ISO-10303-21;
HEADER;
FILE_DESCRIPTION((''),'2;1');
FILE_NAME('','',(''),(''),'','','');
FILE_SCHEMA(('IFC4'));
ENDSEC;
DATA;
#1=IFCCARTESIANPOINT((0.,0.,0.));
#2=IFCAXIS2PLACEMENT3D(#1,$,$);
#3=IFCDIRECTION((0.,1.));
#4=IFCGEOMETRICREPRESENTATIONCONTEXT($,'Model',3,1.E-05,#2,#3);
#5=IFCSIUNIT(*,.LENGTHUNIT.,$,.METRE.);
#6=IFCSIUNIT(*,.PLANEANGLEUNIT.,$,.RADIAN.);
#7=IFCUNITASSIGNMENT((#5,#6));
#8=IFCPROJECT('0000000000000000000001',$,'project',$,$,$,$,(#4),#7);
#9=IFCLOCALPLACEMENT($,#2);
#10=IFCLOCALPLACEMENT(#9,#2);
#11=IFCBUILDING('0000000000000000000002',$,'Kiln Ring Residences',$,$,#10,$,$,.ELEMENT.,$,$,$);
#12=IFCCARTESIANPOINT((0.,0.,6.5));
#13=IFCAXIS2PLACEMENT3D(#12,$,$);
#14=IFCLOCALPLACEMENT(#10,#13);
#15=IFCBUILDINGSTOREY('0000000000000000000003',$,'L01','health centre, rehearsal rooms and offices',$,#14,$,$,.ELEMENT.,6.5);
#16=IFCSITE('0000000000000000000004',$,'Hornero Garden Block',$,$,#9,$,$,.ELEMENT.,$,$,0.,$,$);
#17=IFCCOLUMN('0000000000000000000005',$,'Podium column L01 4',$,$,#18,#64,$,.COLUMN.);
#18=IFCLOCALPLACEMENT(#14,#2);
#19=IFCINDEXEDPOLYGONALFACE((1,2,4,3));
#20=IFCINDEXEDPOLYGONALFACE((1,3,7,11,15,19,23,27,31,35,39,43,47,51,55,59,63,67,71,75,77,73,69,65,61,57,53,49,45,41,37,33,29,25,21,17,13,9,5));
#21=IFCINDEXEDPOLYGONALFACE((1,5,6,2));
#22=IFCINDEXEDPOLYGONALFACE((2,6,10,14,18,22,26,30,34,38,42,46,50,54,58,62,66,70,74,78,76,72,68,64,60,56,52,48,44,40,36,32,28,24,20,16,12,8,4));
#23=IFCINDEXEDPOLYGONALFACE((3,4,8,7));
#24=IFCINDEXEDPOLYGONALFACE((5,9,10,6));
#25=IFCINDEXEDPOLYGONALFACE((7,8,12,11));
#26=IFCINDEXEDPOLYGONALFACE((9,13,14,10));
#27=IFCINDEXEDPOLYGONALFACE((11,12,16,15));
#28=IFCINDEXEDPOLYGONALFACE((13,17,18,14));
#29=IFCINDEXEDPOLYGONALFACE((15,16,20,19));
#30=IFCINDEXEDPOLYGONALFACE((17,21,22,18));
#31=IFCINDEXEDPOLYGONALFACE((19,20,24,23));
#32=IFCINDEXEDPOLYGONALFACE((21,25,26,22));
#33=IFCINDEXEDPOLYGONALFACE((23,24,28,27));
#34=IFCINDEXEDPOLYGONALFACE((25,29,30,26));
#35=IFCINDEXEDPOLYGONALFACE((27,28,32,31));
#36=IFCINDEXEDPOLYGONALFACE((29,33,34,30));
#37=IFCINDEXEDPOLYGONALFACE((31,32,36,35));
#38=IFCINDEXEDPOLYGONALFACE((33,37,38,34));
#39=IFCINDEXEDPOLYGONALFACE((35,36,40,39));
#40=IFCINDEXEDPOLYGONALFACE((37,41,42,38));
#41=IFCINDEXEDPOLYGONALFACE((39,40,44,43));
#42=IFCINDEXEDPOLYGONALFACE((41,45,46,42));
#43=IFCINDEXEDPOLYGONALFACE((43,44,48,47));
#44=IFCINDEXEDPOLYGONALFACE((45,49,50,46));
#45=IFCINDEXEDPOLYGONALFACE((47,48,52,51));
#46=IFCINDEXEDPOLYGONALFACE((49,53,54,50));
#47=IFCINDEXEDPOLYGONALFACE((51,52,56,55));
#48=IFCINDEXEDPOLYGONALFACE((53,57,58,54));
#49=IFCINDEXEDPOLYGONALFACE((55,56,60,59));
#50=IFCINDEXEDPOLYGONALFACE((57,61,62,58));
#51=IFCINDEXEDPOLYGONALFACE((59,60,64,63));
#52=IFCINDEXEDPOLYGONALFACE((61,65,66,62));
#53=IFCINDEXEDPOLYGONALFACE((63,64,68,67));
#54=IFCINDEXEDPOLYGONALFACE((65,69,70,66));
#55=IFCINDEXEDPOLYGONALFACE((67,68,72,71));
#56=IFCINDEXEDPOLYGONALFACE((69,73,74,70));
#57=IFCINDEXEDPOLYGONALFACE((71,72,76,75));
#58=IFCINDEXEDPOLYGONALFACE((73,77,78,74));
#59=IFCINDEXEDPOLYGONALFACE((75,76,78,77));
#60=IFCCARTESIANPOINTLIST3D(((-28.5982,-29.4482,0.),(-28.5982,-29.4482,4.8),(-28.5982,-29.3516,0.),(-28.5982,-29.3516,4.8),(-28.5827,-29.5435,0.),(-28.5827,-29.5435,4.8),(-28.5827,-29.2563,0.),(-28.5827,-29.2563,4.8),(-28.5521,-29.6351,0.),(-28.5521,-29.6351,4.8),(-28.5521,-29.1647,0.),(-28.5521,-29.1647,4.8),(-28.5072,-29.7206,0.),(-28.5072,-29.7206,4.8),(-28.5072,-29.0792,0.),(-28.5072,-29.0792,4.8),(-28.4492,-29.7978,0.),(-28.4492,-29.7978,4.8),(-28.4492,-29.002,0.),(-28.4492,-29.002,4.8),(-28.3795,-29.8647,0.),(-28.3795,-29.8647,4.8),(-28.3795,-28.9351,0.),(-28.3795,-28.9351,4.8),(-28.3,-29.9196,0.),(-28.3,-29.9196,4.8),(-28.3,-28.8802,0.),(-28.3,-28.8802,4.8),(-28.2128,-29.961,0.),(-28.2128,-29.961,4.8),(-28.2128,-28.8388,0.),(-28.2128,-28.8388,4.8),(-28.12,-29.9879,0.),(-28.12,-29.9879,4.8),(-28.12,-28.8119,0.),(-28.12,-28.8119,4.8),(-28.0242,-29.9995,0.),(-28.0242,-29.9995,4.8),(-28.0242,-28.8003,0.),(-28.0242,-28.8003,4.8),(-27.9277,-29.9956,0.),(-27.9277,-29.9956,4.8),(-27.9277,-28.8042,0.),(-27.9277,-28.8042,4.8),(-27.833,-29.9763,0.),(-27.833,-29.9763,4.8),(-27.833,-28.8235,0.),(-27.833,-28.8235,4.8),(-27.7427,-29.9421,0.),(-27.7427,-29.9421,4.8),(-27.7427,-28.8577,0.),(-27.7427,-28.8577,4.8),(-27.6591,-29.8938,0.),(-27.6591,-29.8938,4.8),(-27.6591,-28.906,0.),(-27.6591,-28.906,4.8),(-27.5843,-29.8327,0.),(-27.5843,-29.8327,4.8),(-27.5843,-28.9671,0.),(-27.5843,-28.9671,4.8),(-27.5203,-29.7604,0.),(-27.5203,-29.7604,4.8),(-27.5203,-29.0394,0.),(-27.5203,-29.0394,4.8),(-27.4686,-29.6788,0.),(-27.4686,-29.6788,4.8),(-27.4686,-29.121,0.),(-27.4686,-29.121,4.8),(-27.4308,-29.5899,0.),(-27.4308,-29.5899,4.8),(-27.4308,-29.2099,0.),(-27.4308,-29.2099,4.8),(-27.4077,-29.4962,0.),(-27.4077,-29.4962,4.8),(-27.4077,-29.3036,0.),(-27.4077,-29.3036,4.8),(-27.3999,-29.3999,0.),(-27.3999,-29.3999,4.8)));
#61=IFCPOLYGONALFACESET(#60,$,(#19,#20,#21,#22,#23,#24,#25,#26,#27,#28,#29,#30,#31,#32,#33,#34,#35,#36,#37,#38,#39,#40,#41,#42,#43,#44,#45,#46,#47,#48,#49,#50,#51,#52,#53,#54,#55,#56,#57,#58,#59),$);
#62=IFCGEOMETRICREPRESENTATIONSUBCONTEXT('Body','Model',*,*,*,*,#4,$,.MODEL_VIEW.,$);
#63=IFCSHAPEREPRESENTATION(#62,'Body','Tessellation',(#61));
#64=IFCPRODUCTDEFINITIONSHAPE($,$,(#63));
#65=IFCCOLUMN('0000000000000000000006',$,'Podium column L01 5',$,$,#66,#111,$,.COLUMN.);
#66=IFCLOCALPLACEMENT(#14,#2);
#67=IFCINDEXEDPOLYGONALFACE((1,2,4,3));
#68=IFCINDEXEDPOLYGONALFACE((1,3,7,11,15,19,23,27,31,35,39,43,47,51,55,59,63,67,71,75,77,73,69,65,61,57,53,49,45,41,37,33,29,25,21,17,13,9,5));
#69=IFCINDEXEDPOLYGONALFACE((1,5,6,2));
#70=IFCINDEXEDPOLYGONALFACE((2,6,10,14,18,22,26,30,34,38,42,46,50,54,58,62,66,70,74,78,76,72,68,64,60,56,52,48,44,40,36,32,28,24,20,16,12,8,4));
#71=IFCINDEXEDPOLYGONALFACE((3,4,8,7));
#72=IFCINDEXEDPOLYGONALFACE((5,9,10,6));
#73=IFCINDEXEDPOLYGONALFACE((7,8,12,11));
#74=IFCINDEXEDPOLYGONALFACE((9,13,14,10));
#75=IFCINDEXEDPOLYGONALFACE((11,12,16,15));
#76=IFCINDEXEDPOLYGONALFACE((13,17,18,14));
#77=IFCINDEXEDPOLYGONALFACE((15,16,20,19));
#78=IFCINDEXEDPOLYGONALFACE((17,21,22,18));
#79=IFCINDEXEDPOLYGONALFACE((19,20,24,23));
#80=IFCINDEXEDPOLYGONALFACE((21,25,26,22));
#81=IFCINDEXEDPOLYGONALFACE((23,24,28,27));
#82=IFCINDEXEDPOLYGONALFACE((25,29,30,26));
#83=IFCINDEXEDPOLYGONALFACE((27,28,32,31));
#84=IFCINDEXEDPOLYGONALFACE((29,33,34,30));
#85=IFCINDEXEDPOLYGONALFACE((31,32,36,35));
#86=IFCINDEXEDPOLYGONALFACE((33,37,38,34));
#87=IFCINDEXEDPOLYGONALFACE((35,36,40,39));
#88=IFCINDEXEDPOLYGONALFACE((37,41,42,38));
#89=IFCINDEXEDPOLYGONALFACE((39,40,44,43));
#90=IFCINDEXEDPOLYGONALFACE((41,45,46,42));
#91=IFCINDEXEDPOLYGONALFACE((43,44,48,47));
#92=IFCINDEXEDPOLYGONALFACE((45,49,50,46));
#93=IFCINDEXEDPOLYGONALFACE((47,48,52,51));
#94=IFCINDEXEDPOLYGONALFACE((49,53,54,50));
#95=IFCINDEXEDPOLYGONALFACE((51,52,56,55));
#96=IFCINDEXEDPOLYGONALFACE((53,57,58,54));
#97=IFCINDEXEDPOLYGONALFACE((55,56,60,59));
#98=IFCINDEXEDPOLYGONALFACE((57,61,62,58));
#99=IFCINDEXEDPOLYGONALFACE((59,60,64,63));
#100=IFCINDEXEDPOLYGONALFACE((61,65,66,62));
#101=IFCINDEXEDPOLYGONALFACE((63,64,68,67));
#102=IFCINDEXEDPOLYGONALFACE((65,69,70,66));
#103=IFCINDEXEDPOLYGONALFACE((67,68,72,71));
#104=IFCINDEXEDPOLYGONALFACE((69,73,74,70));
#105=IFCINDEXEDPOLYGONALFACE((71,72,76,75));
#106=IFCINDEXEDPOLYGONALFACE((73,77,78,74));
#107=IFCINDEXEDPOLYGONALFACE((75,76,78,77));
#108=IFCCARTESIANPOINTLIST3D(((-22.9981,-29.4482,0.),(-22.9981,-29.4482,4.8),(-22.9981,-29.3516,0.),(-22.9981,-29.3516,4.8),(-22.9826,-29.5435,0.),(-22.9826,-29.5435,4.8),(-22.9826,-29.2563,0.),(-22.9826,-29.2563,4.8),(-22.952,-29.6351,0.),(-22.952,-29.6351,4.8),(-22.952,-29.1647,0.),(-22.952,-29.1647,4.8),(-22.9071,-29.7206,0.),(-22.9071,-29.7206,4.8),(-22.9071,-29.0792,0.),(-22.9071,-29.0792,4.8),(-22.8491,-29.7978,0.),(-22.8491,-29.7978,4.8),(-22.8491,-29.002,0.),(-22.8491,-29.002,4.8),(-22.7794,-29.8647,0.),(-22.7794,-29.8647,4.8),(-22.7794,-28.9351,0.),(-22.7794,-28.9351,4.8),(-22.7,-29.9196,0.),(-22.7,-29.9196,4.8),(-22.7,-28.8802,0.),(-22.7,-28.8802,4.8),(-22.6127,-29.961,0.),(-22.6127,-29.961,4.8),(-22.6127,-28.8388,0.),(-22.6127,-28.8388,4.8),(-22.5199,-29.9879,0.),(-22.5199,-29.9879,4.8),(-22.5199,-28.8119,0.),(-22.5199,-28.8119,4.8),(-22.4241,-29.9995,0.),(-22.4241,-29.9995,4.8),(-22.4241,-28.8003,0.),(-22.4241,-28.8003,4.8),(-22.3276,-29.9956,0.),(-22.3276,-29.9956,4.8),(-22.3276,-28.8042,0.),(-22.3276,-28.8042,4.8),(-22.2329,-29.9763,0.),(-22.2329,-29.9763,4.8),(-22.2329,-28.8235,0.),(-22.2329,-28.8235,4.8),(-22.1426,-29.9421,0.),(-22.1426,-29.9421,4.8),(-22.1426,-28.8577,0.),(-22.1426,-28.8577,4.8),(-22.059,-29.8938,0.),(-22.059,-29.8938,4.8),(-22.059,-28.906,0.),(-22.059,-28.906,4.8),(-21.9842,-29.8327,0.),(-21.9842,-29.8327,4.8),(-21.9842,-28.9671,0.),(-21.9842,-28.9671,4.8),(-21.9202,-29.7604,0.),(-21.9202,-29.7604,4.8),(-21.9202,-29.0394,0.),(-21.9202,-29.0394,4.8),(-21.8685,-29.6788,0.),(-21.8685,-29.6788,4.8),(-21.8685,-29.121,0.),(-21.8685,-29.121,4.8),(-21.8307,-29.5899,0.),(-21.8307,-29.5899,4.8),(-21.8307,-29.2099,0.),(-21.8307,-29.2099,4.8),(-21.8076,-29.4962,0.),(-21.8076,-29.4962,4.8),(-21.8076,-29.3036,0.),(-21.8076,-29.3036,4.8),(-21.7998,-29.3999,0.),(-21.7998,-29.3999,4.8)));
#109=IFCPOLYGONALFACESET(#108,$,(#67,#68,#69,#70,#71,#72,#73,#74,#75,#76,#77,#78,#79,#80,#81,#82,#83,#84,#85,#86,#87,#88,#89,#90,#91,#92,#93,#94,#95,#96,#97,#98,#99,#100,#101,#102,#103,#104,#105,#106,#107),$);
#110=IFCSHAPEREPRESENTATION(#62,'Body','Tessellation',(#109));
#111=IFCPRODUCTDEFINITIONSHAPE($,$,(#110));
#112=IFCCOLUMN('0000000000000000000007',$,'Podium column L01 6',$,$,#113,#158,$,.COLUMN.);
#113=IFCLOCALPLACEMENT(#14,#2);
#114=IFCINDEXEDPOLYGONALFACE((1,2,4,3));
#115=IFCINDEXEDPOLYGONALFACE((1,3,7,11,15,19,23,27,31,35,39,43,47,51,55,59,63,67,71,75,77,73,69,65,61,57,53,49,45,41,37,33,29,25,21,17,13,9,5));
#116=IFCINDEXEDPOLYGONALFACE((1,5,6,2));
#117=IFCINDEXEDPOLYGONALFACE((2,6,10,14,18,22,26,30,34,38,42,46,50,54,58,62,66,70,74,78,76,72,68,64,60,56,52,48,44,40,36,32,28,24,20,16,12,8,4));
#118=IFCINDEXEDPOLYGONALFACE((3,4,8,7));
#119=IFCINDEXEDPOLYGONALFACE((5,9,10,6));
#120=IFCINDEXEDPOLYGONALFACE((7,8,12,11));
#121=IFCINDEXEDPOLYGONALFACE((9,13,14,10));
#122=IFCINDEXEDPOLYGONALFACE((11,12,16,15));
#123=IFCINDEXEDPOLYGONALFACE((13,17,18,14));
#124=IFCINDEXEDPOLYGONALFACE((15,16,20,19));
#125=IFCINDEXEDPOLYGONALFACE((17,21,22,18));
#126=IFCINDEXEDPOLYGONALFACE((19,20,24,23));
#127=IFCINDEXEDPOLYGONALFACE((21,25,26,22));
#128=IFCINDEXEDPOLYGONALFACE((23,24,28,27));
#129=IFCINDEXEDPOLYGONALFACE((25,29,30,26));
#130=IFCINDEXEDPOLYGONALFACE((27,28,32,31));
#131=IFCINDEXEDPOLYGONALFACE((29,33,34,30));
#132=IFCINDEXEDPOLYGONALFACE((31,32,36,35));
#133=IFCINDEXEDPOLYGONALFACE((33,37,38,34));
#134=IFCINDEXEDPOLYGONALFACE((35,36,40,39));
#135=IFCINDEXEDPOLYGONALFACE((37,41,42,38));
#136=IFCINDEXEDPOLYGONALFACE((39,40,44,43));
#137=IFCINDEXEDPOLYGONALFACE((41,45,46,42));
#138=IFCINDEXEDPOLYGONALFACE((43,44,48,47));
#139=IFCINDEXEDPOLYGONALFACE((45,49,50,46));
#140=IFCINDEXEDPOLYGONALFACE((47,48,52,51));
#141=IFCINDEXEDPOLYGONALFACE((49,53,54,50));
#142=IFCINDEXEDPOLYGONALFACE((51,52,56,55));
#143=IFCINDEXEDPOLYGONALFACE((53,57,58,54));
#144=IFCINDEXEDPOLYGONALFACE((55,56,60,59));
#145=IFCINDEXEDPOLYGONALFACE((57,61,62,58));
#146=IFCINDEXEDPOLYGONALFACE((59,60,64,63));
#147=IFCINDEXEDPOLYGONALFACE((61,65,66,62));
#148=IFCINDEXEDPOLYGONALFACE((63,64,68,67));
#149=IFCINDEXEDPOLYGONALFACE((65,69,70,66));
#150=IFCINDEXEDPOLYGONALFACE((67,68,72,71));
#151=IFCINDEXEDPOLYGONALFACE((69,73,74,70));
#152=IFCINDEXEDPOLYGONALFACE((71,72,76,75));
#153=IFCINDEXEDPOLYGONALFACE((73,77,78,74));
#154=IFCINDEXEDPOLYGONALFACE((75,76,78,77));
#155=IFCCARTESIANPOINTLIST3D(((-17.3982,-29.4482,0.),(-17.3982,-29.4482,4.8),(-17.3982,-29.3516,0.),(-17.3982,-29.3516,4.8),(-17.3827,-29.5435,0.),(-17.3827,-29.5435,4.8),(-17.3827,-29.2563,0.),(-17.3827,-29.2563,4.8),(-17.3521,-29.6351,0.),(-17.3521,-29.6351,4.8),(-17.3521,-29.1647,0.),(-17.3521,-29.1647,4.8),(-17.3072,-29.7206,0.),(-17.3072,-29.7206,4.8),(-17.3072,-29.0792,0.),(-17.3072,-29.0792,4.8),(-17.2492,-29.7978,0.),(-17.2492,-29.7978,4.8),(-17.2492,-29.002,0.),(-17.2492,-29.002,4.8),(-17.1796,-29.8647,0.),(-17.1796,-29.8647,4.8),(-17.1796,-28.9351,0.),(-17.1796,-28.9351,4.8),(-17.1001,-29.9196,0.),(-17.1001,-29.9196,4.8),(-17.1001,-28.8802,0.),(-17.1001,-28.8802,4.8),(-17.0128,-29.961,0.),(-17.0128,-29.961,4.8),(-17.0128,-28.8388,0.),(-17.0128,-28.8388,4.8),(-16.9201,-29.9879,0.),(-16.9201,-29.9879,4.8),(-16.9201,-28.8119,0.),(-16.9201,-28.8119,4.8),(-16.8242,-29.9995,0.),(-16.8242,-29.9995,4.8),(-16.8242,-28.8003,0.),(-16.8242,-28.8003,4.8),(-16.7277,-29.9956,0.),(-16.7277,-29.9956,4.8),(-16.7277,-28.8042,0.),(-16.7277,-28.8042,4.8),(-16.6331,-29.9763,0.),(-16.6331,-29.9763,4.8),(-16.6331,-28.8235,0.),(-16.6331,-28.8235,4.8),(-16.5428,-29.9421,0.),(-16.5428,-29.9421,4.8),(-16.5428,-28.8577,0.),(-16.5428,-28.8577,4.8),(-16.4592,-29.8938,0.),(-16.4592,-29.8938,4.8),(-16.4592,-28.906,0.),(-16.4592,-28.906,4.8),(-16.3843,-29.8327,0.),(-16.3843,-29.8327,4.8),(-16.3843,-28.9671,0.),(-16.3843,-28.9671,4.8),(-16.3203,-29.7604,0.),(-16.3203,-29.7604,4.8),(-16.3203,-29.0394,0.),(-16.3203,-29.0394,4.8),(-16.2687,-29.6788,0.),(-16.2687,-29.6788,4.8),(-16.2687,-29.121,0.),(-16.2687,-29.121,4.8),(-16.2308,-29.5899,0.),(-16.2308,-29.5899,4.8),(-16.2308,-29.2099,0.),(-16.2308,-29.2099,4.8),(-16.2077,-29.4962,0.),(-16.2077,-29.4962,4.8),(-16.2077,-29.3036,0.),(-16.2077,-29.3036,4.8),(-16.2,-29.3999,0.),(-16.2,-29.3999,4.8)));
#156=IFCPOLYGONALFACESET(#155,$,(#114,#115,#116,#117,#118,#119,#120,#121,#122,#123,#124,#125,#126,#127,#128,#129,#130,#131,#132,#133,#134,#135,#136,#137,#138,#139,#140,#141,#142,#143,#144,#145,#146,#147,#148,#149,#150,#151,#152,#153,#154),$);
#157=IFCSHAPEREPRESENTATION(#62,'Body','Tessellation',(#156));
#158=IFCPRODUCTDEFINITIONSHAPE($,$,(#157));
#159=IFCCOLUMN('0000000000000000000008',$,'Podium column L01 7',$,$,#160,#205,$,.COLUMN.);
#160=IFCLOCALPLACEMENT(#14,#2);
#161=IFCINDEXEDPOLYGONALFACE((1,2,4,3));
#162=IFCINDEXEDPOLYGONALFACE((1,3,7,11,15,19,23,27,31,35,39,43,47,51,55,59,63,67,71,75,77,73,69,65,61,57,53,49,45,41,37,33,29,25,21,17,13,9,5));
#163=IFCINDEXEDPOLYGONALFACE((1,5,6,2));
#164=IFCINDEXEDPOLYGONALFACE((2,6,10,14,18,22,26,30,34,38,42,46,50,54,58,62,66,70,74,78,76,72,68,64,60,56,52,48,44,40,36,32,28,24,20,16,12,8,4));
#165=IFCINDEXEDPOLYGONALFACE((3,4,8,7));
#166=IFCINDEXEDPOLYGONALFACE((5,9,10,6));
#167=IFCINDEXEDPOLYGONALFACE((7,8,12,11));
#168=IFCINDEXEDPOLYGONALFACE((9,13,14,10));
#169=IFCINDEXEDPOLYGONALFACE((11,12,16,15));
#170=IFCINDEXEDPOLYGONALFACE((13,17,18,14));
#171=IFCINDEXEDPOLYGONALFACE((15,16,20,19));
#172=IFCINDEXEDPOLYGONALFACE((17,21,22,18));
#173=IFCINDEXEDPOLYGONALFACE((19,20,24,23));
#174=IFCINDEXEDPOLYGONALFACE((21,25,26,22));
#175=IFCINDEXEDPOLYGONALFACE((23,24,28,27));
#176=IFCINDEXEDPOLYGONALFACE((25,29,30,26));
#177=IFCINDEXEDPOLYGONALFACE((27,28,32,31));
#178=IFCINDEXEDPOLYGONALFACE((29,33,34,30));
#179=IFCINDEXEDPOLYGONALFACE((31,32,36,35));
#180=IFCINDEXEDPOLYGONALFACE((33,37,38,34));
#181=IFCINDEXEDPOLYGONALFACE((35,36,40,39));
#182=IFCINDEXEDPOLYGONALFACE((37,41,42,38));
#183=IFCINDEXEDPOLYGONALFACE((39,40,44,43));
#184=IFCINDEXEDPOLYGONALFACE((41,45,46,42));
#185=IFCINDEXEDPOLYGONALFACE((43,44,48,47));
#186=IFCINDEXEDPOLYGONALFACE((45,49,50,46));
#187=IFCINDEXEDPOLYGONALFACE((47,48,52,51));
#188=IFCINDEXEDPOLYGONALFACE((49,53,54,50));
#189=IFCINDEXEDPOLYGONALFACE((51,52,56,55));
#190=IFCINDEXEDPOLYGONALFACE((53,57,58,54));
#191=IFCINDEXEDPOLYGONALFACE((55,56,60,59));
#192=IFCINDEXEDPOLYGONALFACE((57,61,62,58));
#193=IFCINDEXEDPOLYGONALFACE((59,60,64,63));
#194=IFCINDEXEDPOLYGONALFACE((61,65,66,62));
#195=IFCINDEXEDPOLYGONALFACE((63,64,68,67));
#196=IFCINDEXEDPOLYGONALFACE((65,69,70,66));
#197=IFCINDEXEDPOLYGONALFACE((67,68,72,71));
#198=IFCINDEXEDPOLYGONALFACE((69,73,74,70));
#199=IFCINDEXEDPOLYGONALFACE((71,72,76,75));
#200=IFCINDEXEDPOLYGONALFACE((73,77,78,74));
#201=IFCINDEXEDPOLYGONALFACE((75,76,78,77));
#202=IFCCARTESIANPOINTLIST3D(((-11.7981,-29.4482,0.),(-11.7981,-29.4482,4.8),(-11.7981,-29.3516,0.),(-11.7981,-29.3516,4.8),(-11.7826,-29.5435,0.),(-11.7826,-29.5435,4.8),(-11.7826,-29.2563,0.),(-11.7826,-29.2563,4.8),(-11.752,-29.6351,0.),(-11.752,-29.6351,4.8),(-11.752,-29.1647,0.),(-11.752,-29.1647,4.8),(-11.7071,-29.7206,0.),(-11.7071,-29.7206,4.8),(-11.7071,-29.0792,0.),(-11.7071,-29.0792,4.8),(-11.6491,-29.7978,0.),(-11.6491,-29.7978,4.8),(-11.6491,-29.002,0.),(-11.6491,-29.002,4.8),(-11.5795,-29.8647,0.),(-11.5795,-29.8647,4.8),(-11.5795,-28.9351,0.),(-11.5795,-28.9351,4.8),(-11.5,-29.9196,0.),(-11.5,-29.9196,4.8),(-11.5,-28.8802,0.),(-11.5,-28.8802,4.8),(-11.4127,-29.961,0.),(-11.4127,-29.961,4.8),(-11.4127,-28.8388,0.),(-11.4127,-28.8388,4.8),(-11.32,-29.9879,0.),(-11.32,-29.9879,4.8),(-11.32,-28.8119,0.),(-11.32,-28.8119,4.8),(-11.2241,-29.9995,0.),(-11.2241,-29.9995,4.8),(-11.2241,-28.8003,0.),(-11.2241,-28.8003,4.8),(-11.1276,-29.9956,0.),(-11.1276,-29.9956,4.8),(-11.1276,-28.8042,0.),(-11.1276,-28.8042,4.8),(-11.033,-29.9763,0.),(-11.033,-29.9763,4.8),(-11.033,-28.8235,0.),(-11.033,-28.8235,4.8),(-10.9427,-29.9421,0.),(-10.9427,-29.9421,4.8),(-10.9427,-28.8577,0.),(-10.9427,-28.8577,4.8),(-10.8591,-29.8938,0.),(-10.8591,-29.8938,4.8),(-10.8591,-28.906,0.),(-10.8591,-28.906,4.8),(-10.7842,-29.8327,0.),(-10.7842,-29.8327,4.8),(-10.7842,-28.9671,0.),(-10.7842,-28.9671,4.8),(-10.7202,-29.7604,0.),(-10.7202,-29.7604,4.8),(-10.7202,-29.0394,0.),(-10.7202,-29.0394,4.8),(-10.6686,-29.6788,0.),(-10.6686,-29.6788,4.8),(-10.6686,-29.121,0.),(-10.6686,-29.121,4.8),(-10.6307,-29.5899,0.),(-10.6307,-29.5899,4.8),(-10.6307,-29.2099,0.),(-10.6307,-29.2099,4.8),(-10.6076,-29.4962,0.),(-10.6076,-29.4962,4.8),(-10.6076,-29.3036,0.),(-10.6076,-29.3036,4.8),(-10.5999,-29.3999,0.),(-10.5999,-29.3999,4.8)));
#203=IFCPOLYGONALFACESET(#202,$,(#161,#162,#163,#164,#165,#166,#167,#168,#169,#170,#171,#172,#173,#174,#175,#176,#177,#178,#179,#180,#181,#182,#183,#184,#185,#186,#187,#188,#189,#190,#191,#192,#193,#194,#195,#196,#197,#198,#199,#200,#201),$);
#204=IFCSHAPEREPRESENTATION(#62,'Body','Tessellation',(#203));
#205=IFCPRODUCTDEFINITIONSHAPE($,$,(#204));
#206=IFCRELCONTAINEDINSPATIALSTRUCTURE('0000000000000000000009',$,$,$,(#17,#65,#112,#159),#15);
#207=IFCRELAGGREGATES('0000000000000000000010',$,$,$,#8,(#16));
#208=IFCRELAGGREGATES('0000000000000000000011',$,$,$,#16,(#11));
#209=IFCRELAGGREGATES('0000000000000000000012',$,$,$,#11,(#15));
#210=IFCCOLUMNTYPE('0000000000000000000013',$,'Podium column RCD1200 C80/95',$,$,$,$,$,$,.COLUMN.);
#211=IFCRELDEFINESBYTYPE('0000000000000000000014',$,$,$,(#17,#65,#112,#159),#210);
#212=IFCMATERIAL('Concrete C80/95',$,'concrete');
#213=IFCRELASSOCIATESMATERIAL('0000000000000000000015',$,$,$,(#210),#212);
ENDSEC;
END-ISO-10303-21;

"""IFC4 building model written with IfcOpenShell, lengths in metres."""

from ifc_helpers import new_model, si_unit, direction, frame, origin, origin_2d, place, context, subcontext, project, spatial, circle, extrude, material, material_profile, profile_set, type_object, element, save


model = new_model("IFC4")

# Units and contexts
model_context = context("Model", 3, precision=1e-05, world=origin(), true_north=direction((0.0, 1.0)))
body_context = subcontext(model_context, "Body", "Model", "MODEL_VIEW")
ifc_project = project(units=[si_unit("LENGTHUNIT", "METRE"), si_unit("PLANEANGLEUNIT", "RADIAN")], contexts=[model_context])

# Site, building, storey
site_placement = place(None, origin())
site = spatial("IfcSite", under=ifc_project, at=site_placement, Name="Hornero Garden Block", CompositionType="ELEMENT", RefElevation=0.0)
building_placement = place(site_placement, origin())
building = spatial("IfcBuilding", under=site, at=building_placement, Name="Kiln Ring Residences", CompositionType="ELEMENT")
storey_placement = place(building_placement, frame((0.0, 0.0, 6.5)))
storey = spatial("IfcBuildingStorey", under=building, at=storey_placement, Name="L01", Description="health centre, rehearsal rooms and offices", CompositionType="ELEMENT", Elevation=6.5)

# Columns
ifc_material_1 = material(Name="Concrete C80/95", Category="concrete")
ifc_material_profile = material_profile(ifc_material_1, circle(Radius=0.6001, at=origin_2d()), Name="RCD1200")
ifc_profile_set = profile_set([ifc_material_profile], Name="Concrete C80/95")
column_type = type_object("IfcColumnType", Name="Podium column RCD1200 C80/95", PredefinedType="COLUMN", material=ifc_profile_set)
for number, where, z_axis, x_axis, name in (
    (1, (-28.0, -29.3999, 0.0), (0.0, 0.0, 1.0), (1.0, 0.0, 0.0), "Podium column L01 4"),
    (2, (-22.3999, -29.3999, 0.0), (0.0, 0.0, 1.0), (1.0, 0.0, 0.0), "Podium column L01 5"),
    (3, (-16.8, -29.3999, 0.0), (0.0, 0.0, 1.0), (1.0, 0.0, 0.0), "Podium column L01 6"),
    (4, (-11.2, -29.3999, 0.0), (0.0, 0.0, 1.0), (1.0, 0.0, 0.0), "Podium column L01 7"),
):
    element("IfcColumn", number, at=place(storey_placement, frame(where, z_axis=z_axis, x_axis=x_axis)), inside=storey, type_object=column_type, Name=name, PredefinedType="COLUMN", context=body_context, shape_type="SweptSolid", body=[
        extrude(circle(Radius=0.6001, at=origin_2d()), origin(), (0.0, 0.0, 1.0), 4.8),
    ])

save(model, "model.ifc")
